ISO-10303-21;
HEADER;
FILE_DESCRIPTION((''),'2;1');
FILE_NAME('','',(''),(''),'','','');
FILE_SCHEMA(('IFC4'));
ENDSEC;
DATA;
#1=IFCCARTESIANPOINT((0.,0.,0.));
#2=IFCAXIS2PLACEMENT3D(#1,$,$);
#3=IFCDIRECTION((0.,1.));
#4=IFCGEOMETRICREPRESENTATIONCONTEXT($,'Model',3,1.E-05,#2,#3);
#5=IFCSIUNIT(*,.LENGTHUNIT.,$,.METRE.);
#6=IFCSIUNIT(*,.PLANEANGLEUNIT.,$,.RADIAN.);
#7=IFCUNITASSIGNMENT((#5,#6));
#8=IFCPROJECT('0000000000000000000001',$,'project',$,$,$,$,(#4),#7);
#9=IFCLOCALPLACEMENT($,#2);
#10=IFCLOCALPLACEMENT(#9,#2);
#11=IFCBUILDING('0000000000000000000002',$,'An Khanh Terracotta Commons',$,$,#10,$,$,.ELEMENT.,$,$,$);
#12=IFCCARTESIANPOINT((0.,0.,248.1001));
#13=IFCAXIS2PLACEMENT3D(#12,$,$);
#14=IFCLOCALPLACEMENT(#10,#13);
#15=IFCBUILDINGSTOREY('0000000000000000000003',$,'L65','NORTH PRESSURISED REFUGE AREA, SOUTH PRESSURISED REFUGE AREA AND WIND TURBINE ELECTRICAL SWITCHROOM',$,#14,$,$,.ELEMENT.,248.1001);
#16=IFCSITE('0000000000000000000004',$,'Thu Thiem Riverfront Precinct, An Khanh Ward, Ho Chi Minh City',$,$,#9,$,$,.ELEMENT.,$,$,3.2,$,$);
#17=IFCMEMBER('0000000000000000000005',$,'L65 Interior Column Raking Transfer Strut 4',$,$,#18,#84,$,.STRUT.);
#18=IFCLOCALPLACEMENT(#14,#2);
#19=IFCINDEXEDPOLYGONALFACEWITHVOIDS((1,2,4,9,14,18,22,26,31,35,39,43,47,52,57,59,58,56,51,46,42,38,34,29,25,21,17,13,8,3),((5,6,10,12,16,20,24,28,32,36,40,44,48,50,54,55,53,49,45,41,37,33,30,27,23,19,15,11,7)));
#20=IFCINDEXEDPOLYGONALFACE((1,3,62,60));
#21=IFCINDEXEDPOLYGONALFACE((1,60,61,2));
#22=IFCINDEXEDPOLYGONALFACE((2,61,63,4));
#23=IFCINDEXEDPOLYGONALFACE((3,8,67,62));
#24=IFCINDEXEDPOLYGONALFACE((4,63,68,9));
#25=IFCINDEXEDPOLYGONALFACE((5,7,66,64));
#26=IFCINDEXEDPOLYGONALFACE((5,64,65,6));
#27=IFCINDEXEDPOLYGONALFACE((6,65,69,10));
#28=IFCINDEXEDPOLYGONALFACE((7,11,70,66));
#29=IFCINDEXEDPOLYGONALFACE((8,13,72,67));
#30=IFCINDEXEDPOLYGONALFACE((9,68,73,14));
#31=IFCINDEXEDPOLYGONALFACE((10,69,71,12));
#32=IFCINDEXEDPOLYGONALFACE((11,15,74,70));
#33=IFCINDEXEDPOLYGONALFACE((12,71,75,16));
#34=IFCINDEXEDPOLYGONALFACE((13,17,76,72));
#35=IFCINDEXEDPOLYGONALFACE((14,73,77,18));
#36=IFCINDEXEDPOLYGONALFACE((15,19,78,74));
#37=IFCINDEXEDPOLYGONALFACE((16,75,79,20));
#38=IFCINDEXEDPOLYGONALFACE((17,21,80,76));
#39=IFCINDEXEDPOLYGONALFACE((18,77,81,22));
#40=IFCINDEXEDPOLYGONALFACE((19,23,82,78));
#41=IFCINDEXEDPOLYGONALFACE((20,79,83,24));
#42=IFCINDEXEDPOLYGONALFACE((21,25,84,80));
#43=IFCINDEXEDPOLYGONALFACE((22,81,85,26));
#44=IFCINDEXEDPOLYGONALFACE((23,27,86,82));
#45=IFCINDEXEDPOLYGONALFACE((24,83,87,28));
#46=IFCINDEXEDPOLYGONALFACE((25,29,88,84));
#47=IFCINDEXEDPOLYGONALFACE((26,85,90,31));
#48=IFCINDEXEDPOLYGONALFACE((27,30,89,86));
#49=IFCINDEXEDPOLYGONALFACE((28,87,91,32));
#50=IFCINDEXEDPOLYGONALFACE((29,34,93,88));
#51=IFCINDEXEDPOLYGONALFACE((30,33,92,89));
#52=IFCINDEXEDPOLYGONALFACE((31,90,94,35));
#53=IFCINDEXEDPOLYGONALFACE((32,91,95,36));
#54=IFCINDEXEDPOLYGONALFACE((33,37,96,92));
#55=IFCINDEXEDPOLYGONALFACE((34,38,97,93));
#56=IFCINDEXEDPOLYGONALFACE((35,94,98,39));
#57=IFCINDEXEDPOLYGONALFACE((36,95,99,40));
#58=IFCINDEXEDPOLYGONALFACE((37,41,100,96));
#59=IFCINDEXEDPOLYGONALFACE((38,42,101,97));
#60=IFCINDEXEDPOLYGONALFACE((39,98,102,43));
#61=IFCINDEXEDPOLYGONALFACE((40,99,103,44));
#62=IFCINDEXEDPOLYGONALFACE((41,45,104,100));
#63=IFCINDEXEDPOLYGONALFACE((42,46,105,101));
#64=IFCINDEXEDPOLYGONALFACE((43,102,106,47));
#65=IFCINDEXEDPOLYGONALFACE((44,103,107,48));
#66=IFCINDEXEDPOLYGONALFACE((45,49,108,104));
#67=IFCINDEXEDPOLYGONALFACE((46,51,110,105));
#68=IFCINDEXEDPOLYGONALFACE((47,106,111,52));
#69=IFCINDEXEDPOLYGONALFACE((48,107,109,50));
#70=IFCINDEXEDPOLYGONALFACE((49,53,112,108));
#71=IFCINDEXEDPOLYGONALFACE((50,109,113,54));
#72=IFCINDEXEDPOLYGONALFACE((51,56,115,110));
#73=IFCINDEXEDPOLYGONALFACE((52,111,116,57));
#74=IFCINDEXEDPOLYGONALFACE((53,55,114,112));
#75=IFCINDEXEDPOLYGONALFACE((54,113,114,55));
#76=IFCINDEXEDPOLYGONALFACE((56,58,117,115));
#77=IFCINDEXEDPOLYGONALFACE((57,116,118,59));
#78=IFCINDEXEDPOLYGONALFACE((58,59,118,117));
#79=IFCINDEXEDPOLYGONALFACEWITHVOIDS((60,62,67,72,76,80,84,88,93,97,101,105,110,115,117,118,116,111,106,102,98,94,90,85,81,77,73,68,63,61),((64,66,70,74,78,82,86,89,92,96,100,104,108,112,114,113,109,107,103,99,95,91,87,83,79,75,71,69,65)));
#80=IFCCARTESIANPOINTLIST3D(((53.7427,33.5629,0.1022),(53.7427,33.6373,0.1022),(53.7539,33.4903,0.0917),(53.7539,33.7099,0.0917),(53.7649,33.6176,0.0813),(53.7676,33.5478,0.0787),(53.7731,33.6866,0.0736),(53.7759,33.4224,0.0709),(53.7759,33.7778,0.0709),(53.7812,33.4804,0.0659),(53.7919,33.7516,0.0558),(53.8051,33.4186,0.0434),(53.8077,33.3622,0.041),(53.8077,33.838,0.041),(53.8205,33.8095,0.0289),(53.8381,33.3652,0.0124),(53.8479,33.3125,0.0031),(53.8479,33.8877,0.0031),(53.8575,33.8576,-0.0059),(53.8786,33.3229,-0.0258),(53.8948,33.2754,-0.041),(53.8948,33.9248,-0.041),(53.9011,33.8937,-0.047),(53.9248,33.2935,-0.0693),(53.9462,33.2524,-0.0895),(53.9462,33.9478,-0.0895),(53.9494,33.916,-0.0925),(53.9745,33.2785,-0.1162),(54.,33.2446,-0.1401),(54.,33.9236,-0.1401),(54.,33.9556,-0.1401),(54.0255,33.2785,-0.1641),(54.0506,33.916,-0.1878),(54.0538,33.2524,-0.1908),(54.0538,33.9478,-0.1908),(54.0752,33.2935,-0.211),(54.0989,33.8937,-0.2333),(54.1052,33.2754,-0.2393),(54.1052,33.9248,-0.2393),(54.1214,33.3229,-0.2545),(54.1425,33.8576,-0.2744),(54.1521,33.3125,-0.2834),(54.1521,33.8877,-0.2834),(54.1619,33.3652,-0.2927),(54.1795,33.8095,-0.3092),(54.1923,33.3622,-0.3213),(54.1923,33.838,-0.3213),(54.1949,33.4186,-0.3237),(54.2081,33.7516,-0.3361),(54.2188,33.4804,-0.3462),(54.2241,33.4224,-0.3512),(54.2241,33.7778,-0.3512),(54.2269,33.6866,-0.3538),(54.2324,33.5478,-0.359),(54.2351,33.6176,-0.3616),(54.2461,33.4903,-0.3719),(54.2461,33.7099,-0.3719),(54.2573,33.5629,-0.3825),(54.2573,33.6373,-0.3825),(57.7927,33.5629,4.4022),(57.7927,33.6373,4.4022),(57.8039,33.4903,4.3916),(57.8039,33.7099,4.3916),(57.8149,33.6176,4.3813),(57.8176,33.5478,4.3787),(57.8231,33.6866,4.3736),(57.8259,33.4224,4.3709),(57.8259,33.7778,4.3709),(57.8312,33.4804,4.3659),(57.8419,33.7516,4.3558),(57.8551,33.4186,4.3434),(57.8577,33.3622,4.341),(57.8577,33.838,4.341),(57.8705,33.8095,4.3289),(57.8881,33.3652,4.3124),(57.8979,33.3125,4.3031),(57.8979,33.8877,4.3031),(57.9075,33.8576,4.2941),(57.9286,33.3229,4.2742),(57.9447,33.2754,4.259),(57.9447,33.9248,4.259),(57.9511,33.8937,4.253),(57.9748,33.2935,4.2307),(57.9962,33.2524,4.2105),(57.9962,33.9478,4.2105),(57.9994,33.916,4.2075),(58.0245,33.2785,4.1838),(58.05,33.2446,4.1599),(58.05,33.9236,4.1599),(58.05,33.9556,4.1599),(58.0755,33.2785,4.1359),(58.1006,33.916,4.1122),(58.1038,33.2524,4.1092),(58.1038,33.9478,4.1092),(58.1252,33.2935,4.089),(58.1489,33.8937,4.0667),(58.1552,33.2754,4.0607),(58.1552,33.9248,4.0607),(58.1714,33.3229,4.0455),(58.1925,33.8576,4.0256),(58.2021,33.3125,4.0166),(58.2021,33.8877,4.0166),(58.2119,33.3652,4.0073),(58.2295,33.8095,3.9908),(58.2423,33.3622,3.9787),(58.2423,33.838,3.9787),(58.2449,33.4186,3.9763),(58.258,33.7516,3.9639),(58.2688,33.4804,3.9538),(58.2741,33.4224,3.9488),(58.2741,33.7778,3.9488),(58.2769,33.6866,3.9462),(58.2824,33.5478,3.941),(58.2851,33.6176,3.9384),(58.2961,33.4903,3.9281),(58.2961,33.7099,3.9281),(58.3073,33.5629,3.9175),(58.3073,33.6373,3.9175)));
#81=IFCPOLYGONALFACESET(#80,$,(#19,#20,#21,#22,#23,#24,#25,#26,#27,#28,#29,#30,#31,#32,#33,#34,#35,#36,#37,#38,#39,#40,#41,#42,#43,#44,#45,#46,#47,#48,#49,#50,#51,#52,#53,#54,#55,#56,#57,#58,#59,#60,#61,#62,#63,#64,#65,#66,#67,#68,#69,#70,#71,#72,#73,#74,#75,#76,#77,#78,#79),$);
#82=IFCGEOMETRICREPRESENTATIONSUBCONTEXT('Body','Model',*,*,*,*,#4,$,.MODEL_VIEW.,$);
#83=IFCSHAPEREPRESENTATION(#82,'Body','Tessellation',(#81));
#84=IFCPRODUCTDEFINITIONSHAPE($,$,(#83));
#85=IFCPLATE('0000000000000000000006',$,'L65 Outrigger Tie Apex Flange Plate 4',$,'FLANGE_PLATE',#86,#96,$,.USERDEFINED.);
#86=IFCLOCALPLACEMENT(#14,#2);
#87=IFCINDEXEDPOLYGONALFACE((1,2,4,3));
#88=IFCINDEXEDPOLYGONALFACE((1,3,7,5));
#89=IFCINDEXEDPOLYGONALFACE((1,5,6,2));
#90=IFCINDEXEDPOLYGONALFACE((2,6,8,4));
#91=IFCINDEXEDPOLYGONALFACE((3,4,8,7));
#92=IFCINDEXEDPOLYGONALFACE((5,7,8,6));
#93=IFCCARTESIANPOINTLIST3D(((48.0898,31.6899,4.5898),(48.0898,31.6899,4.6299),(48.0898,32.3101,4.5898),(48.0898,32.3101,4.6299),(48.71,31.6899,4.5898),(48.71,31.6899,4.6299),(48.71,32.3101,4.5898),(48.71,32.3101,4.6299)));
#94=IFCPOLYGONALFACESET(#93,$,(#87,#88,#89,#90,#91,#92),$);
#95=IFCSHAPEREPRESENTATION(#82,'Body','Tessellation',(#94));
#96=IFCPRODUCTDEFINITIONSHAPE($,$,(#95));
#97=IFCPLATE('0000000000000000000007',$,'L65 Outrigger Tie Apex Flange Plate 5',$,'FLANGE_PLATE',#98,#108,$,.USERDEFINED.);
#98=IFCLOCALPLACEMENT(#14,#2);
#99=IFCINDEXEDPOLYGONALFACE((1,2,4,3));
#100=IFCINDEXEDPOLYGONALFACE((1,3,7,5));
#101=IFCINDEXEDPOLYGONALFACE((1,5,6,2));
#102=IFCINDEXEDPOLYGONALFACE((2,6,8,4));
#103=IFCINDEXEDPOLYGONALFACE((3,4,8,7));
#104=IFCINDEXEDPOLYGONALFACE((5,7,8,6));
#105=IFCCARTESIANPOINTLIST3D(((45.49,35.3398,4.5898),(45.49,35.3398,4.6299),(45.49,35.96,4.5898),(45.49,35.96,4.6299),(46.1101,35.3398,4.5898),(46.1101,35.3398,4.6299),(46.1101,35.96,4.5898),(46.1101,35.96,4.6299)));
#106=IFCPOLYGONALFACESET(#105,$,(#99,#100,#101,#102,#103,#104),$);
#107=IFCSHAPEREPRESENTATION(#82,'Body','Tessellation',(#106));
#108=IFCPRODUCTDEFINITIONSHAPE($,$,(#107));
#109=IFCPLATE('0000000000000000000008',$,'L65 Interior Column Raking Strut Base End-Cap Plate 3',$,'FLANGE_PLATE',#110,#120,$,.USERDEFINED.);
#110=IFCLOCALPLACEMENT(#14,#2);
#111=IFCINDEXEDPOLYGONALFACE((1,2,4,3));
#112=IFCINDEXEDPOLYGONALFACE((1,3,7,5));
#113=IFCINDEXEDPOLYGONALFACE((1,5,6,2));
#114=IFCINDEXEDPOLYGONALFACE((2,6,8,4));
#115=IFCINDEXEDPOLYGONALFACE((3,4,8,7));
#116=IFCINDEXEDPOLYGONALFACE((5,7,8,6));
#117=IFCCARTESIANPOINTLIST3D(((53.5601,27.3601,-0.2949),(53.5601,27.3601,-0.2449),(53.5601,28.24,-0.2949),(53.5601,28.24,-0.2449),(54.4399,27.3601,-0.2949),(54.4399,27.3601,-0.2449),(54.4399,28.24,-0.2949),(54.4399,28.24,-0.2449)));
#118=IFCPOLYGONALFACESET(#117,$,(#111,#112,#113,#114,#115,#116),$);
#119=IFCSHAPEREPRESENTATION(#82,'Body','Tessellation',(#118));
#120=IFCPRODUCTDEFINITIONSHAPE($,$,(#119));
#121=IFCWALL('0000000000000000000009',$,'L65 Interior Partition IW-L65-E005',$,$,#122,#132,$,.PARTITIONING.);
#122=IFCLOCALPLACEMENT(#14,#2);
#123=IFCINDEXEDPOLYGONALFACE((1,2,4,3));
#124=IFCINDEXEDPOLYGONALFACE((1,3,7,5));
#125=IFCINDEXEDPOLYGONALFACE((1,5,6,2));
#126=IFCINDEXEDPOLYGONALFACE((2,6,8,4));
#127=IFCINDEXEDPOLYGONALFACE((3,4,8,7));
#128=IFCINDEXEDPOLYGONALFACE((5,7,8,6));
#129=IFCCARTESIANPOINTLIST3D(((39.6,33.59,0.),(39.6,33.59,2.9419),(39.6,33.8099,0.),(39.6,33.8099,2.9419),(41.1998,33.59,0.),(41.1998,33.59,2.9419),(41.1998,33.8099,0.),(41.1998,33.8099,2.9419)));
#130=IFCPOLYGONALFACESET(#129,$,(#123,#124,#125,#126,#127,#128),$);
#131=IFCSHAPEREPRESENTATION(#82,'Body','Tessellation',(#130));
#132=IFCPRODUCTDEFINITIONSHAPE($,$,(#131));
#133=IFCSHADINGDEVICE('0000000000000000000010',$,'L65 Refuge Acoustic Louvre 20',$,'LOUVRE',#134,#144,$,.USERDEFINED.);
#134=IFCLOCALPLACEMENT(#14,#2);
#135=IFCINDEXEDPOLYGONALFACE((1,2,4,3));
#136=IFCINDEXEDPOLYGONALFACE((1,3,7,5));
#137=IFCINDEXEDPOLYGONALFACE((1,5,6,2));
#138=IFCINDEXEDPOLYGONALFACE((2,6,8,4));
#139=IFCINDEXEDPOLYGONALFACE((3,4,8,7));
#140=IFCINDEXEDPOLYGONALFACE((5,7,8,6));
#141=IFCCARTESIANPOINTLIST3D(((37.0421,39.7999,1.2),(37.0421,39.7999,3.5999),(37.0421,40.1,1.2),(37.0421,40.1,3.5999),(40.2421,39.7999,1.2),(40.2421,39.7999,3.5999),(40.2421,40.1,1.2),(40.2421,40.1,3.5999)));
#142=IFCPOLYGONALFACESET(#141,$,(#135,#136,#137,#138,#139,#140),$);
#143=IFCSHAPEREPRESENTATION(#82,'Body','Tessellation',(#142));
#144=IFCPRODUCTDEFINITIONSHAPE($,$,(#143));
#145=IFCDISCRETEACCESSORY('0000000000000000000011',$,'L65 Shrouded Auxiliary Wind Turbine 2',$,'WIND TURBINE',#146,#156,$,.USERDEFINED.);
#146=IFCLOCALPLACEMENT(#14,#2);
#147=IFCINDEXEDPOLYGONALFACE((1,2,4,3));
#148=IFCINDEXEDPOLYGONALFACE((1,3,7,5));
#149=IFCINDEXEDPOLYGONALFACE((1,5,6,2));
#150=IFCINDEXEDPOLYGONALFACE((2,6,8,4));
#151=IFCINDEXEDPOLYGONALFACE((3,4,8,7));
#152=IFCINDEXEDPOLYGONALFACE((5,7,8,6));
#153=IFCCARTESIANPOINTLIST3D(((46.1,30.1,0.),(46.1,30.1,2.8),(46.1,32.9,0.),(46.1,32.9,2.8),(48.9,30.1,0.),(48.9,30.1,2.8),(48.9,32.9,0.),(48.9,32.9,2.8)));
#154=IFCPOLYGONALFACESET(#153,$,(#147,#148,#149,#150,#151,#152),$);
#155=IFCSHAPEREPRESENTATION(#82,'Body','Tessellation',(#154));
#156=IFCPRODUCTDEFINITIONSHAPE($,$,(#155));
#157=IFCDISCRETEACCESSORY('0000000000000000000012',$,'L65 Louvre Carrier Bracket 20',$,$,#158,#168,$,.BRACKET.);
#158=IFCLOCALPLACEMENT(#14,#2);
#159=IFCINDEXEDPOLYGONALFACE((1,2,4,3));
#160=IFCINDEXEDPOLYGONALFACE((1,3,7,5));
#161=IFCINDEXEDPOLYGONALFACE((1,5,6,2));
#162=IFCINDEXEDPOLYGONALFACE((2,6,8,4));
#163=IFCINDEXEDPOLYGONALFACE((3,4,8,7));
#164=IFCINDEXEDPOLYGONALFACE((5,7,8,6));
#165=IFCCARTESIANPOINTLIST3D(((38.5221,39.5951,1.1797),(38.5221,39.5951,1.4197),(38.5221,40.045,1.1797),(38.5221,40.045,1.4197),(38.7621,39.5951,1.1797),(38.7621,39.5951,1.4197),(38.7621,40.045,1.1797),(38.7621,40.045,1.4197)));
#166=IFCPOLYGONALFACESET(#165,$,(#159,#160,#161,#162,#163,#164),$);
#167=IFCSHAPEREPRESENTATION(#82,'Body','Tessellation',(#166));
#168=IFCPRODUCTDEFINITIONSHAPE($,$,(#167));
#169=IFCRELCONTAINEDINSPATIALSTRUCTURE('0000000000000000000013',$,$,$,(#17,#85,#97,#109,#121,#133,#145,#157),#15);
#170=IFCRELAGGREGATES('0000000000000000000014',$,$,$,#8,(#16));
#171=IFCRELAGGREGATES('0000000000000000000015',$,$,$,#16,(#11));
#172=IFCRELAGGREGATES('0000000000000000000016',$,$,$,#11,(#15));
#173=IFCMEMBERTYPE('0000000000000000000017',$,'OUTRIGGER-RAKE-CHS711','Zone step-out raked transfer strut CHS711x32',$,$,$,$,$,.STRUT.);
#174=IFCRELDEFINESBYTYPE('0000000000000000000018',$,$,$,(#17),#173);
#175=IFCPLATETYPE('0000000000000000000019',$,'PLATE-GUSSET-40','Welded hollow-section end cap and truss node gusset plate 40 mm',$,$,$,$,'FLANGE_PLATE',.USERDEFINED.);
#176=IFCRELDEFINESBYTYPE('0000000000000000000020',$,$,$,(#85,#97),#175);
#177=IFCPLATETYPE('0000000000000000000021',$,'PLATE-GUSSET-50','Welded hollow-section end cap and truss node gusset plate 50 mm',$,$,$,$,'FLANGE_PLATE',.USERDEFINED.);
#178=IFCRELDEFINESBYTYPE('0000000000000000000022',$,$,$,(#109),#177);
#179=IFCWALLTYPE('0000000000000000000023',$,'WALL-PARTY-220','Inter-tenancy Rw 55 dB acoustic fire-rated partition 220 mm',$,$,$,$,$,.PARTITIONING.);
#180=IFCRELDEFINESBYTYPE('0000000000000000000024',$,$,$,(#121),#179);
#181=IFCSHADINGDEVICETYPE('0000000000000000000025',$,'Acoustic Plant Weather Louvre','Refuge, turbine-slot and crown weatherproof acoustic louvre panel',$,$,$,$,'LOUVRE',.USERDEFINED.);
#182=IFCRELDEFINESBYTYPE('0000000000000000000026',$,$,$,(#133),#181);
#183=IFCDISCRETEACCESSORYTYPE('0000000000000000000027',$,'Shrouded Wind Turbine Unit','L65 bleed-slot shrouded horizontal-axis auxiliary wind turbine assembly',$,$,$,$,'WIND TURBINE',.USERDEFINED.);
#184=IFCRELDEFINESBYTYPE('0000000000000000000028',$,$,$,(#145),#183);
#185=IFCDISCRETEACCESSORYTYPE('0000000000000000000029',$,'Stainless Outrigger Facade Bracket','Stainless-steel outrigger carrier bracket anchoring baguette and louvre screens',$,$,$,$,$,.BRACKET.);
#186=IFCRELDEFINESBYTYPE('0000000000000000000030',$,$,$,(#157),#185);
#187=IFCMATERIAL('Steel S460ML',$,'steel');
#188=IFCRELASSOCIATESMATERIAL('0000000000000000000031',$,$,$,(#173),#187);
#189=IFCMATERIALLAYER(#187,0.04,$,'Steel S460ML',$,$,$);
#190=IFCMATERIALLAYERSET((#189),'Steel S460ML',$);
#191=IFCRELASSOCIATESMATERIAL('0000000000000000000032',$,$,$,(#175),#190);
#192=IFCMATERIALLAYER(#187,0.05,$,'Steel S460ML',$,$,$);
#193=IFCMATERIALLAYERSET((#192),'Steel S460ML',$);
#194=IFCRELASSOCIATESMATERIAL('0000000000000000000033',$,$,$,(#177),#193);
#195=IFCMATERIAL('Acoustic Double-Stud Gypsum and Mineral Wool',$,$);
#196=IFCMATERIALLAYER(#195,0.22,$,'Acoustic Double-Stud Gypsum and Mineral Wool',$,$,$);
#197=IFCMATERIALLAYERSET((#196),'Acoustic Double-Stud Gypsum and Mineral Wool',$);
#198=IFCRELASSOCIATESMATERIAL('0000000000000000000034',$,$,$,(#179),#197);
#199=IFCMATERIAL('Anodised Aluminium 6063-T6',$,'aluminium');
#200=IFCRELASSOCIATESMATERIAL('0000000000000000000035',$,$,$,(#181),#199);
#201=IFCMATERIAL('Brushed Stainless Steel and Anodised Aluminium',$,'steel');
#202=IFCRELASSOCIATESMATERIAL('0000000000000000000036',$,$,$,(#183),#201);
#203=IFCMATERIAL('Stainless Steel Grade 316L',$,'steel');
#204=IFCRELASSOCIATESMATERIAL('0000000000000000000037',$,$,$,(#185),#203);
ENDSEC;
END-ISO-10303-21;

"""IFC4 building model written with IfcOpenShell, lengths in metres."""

from ifc_helpers import new_model, si_unit, direction, frame, frame_2d, origin, origin_2d, place, context, subcontext, project, spatial, rectangle, hollow_circle, extrude, material, layer, layer_set, material_profile, profile_set, type_object, element, save


model = new_model("IFC4")

# Units and contexts
model_context = context("Model", 3, precision=1e-05, world=origin(), true_north=direction((0.0, 1.0)))
body_context = subcontext(model_context, "Body", "Model", "MODEL_VIEW")
ifc_project = project(units=[si_unit("LENGTHUNIT", "METRE"), si_unit("PLANEANGLEUNIT", "RADIAN")], contexts=[model_context])

# Site, building, storey
site_placement = place(None, origin())
site = spatial("IfcSite", under=ifc_project, at=site_placement, Name="Thu Thiem Riverfront Precinct, An Khanh Ward, Ho Chi Minh City", CompositionType="ELEMENT", RefElevation=3.2)
building_placement = place(site_placement, origin())
building = spatial("IfcBuilding", under=site, at=building_placement, Name="An Khanh Terracotta Commons", CompositionType="ELEMENT")
storey_placement = place(building_placement, frame((0.0, 0.0, 248.1001)))
storey = spatial("IfcBuildingStorey", under=building, at=storey_placement, Name="L65", Description="NORTH PRESSURISED REFUGE AREA, SOUTH PRESSURISED REFUGE AREA AND WIND TURBINE ELECTRICAL SWITCHROOM", CompositionType="ELEMENT", Elevation=248.1001)

# Shared definitions
ifc_material_1 = material(Name="Steel S460ML", Category="steel")

# Member
ifc_material_profile_1 = material_profile(ifc_material_1, hollow_circle(Radius=0.3555, WallThickness=0.032, at=origin_2d()), Name="CHS711x32")
ifc_profile_set_1 = profile_set([ifc_material_profile_1], Name="Steel S460ML")
member_type_1 = type_object("IfcMemberType", Name="OUTRIGGER-RAKE-CHS711", Description="Zone step-out raked transfer strut CHS711x32", PredefinedType="STRUT", material=ifc_profile_set_1)
for number, where, z_axis, x_axis, name in (
    (1, (54.0, 33.6001, -0.1401), (0.685629, 0.0, 0.727951), (0.0, 1.0, 0.0), "L65 Interior Column Raking Transfer Strut 4"),
):
    element("IfcMember", number, at=place(storey_placement, frame(where, z_axis=z_axis, x_axis=x_axis)), inside=storey, type_object=member_type_1, Name=name, PredefinedType="STRUT", context=body_context, shape_type="SweptSolid", body=[
        extrude(hollow_circle(Radius=0.3555, WallThickness=0.032, at=origin_2d()), origin(), (0.0, 0.0, 1.0), 5.907),
    ])

# Plates
ifc_layer_1 = layer(ifc_material_1, 0.04, Name="Steel S460ML")
ifc_layer_set_1 = layer_set([ifc_layer_1], Name="Steel S460ML")
plate_type_1 = type_object("IfcPlateType", Name="PLATE-GUSSET-40", Description="Welded hollow-section end cap and truss node gusset plate 40 mm", ElementType="FLANGE_PLATE", PredefinedType="USERDEFINED", material=ifc_layer_set_1)
for number, where, z_axis, x_axis, name in (
    (2, (48.3999, 32.0, 4.5898), (0.0, 0.0, 1.0), (1.0, 0.0, 0.0), "L65 Outrigger Tie Apex Flange Plate 4"),
    (3, (45.8, 35.6499, 4.5898), (0.0, 0.0, 1.0), (1.0, 0.0, 0.0), "L65 Outrigger Tie Apex Flange Plate 5"),
):
    element("IfcPlate", number, at=place(storey_placement, frame(where, z_axis=z_axis, x_axis=x_axis)), inside=storey, type_object=plate_type_1, Name=name, ObjectType="FLANGE_PLATE", PredefinedType="USERDEFINED", context=body_context, shape_type="SweptSolid", body=[
        extrude(rectangle(XDim=0.6201, YDim=0.6201, at=origin_2d()), origin(), (0.0, 0.0, 1.0), 0.04),
    ])
ifc_layer_2 = layer(ifc_material_1, 0.05, Name="Steel S460ML")
ifc_layer_set_2 = layer_set([ifc_layer_2], Name="Steel S460ML")
plate_type_2 = type_object("IfcPlateType", Name="PLATE-GUSSET-50", Description="Welded hollow-section end cap and truss node gusset plate 50 mm", ElementType="FLANGE_PLATE", PredefinedType="USERDEFINED", material=ifc_layer_set_2)
plate_placement = place(storey_placement, frame((54.0, 27.8, -0.2949), z_axis=(0.0, 0.0, 1.0), x_axis=(1.0, 0.0, 0.0)))
element("IfcPlate", 4, at=plate_placement, inside=storey, type_object=plate_type_2, Name="L65 Interior Column Raking Strut Base End-Cap Plate 3", ObjectType="FLANGE_PLATE", PredefinedType="USERDEFINED", context=body_context, shape_type="SweptSolid", body=[
    extrude(rectangle(XDim=0.8799, YDim=0.8799, at=origin_2d()), origin(), (0.0, 0.0, 1.0), 0.05),
])

# Wall
ifc_material_2 = material(Name="Acoustic Double-Stud Gypsum and Mineral Wool")
ifc_layer_3 = layer(ifc_material_2, 0.22, Name="Acoustic Double-Stud Gypsum and Mineral Wool")
ifc_layer_set_3 = layer_set([ifc_layer_3], Name="Acoustic Double-Stud Gypsum and Mineral Wool")
wall_type = type_object("IfcWallType", Name="WALL-PARTY-220", Description="Inter-tenancy Rw 55 dB acoustic fire-rated partition 220 mm", PredefinedType="PARTITIONING", material=ifc_layer_set_3)
wall_placement = place(storey_placement, frame((39.6001, 33.7, 0.0), z_axis=(0.0, 0.0, 1.0), x_axis=(1.0, 0.0, 0.0)))
element("IfcWall", 5, at=wall_placement, inside=storey, type_object=wall_type, Name="L65 Interior Partition IW-L65-E005", PredefinedType="PARTITIONING", context=body_context, shape_type="SweptSolid", body=[
    extrude(rectangle(XDim=1.5999, YDim=0.22, at=frame_2d((0.7998, 0.0))), origin(), (0.0, 0.0, 1.0), 2.9419),
])

# Shading device
ifc_material_3 = material(Name="Anodised Aluminium 6063-T6", Category="aluminium")
shading_device_type = type_object("IfcShadingDeviceType", Name="Acoustic Plant Weather Louvre", Description="Refuge, turbine-slot and crown weatherproof acoustic louvre panel", ElementType="LOUVRE", PredefinedType="USERDEFINED", material=ifc_material_3)
shading_device_placement = place(storey_placement, frame((38.6421, 39.95, 1.2), z_axis=(0.0, 0.0, 1.0), x_axis=(-1.0, 0.0, 0.0)))
element("IfcShadingDevice", 6, at=shading_device_placement, inside=storey, type_object=shading_device_type, Name="L65 Refuge Acoustic Louvre 20", ObjectType="LOUVRE", PredefinedType="USERDEFINED", context=body_context, shape_type="SweptSolid", body=[
    extrude(rectangle(XDim=3.2, YDim=0.3, at=origin_2d()), origin(), (0.0, 0.0, 1.0), 2.3999),
])

# Discrete accessories
ifc_material_4 = material(Name="Brushed Stainless Steel and Anodised Aluminium", Category="steel")
discrete_accessory_type_1 = type_object("IfcDiscreteAccessoryType", Name="Shrouded Wind Turbine Unit", Description="L65 bleed-slot shrouded horizontal-axis auxiliary wind turbine assembly", ElementType="WIND TURBINE", PredefinedType="USERDEFINED", material=ifc_material_4)
discrete_accessory_1_placement = place(storey_placement, frame((47.5, 31.5, 0.0), z_axis=(0.0, 0.0, 1.0), x_axis=(1.0, 0.0, 0.0)))
element("IfcDiscreteAccessory", 7, at=discrete_accessory_1_placement, inside=storey, type_object=discrete_accessory_type_1, Name="L65 Shrouded Auxiliary Wind Turbine 2", ObjectType="WIND TURBINE", PredefinedType="USERDEFINED", context=body_context, shape_type="SweptSolid", body=[
    extrude(rectangle(XDim=2.8, YDim=2.8, at=origin_2d()), origin(), (0.0, 0.0, 1.0), 2.8),
])
ifc_material_5 = material(Name="Stainless Steel Grade 316L", Category="steel")
discrete_accessory_type_2 = type_object("IfcDiscreteAccessoryType", Name="Stainless Outrigger Facade Bracket", Description="Stainless-steel outrigger carrier bracket anchoring baguette and louvre screens", PredefinedType="BRACKET", material=ifc_material_5)
discrete_accessory_2_placement = place(storey_placement, frame((38.6421, 39.8201, 1.1797), z_axis=(0.0, 0.0, 1.0), x_axis=(-1.0, 0.0, 0.0)))
element("IfcDiscreteAccessory", 8, at=discrete_accessory_2_placement, inside=storey, type_object=discrete_accessory_type_2, Name="L65 Louvre Carrier Bracket 20", PredefinedType="BRACKET", context=body_context, shape_type="SweptSolid", body=[
    extrude(rectangle(XDim=0.24, YDim=0.45, at=origin_2d()), origin(), (0.0, 0.0, 1.0), 0.24),
])

save(model, "model.ifc")
